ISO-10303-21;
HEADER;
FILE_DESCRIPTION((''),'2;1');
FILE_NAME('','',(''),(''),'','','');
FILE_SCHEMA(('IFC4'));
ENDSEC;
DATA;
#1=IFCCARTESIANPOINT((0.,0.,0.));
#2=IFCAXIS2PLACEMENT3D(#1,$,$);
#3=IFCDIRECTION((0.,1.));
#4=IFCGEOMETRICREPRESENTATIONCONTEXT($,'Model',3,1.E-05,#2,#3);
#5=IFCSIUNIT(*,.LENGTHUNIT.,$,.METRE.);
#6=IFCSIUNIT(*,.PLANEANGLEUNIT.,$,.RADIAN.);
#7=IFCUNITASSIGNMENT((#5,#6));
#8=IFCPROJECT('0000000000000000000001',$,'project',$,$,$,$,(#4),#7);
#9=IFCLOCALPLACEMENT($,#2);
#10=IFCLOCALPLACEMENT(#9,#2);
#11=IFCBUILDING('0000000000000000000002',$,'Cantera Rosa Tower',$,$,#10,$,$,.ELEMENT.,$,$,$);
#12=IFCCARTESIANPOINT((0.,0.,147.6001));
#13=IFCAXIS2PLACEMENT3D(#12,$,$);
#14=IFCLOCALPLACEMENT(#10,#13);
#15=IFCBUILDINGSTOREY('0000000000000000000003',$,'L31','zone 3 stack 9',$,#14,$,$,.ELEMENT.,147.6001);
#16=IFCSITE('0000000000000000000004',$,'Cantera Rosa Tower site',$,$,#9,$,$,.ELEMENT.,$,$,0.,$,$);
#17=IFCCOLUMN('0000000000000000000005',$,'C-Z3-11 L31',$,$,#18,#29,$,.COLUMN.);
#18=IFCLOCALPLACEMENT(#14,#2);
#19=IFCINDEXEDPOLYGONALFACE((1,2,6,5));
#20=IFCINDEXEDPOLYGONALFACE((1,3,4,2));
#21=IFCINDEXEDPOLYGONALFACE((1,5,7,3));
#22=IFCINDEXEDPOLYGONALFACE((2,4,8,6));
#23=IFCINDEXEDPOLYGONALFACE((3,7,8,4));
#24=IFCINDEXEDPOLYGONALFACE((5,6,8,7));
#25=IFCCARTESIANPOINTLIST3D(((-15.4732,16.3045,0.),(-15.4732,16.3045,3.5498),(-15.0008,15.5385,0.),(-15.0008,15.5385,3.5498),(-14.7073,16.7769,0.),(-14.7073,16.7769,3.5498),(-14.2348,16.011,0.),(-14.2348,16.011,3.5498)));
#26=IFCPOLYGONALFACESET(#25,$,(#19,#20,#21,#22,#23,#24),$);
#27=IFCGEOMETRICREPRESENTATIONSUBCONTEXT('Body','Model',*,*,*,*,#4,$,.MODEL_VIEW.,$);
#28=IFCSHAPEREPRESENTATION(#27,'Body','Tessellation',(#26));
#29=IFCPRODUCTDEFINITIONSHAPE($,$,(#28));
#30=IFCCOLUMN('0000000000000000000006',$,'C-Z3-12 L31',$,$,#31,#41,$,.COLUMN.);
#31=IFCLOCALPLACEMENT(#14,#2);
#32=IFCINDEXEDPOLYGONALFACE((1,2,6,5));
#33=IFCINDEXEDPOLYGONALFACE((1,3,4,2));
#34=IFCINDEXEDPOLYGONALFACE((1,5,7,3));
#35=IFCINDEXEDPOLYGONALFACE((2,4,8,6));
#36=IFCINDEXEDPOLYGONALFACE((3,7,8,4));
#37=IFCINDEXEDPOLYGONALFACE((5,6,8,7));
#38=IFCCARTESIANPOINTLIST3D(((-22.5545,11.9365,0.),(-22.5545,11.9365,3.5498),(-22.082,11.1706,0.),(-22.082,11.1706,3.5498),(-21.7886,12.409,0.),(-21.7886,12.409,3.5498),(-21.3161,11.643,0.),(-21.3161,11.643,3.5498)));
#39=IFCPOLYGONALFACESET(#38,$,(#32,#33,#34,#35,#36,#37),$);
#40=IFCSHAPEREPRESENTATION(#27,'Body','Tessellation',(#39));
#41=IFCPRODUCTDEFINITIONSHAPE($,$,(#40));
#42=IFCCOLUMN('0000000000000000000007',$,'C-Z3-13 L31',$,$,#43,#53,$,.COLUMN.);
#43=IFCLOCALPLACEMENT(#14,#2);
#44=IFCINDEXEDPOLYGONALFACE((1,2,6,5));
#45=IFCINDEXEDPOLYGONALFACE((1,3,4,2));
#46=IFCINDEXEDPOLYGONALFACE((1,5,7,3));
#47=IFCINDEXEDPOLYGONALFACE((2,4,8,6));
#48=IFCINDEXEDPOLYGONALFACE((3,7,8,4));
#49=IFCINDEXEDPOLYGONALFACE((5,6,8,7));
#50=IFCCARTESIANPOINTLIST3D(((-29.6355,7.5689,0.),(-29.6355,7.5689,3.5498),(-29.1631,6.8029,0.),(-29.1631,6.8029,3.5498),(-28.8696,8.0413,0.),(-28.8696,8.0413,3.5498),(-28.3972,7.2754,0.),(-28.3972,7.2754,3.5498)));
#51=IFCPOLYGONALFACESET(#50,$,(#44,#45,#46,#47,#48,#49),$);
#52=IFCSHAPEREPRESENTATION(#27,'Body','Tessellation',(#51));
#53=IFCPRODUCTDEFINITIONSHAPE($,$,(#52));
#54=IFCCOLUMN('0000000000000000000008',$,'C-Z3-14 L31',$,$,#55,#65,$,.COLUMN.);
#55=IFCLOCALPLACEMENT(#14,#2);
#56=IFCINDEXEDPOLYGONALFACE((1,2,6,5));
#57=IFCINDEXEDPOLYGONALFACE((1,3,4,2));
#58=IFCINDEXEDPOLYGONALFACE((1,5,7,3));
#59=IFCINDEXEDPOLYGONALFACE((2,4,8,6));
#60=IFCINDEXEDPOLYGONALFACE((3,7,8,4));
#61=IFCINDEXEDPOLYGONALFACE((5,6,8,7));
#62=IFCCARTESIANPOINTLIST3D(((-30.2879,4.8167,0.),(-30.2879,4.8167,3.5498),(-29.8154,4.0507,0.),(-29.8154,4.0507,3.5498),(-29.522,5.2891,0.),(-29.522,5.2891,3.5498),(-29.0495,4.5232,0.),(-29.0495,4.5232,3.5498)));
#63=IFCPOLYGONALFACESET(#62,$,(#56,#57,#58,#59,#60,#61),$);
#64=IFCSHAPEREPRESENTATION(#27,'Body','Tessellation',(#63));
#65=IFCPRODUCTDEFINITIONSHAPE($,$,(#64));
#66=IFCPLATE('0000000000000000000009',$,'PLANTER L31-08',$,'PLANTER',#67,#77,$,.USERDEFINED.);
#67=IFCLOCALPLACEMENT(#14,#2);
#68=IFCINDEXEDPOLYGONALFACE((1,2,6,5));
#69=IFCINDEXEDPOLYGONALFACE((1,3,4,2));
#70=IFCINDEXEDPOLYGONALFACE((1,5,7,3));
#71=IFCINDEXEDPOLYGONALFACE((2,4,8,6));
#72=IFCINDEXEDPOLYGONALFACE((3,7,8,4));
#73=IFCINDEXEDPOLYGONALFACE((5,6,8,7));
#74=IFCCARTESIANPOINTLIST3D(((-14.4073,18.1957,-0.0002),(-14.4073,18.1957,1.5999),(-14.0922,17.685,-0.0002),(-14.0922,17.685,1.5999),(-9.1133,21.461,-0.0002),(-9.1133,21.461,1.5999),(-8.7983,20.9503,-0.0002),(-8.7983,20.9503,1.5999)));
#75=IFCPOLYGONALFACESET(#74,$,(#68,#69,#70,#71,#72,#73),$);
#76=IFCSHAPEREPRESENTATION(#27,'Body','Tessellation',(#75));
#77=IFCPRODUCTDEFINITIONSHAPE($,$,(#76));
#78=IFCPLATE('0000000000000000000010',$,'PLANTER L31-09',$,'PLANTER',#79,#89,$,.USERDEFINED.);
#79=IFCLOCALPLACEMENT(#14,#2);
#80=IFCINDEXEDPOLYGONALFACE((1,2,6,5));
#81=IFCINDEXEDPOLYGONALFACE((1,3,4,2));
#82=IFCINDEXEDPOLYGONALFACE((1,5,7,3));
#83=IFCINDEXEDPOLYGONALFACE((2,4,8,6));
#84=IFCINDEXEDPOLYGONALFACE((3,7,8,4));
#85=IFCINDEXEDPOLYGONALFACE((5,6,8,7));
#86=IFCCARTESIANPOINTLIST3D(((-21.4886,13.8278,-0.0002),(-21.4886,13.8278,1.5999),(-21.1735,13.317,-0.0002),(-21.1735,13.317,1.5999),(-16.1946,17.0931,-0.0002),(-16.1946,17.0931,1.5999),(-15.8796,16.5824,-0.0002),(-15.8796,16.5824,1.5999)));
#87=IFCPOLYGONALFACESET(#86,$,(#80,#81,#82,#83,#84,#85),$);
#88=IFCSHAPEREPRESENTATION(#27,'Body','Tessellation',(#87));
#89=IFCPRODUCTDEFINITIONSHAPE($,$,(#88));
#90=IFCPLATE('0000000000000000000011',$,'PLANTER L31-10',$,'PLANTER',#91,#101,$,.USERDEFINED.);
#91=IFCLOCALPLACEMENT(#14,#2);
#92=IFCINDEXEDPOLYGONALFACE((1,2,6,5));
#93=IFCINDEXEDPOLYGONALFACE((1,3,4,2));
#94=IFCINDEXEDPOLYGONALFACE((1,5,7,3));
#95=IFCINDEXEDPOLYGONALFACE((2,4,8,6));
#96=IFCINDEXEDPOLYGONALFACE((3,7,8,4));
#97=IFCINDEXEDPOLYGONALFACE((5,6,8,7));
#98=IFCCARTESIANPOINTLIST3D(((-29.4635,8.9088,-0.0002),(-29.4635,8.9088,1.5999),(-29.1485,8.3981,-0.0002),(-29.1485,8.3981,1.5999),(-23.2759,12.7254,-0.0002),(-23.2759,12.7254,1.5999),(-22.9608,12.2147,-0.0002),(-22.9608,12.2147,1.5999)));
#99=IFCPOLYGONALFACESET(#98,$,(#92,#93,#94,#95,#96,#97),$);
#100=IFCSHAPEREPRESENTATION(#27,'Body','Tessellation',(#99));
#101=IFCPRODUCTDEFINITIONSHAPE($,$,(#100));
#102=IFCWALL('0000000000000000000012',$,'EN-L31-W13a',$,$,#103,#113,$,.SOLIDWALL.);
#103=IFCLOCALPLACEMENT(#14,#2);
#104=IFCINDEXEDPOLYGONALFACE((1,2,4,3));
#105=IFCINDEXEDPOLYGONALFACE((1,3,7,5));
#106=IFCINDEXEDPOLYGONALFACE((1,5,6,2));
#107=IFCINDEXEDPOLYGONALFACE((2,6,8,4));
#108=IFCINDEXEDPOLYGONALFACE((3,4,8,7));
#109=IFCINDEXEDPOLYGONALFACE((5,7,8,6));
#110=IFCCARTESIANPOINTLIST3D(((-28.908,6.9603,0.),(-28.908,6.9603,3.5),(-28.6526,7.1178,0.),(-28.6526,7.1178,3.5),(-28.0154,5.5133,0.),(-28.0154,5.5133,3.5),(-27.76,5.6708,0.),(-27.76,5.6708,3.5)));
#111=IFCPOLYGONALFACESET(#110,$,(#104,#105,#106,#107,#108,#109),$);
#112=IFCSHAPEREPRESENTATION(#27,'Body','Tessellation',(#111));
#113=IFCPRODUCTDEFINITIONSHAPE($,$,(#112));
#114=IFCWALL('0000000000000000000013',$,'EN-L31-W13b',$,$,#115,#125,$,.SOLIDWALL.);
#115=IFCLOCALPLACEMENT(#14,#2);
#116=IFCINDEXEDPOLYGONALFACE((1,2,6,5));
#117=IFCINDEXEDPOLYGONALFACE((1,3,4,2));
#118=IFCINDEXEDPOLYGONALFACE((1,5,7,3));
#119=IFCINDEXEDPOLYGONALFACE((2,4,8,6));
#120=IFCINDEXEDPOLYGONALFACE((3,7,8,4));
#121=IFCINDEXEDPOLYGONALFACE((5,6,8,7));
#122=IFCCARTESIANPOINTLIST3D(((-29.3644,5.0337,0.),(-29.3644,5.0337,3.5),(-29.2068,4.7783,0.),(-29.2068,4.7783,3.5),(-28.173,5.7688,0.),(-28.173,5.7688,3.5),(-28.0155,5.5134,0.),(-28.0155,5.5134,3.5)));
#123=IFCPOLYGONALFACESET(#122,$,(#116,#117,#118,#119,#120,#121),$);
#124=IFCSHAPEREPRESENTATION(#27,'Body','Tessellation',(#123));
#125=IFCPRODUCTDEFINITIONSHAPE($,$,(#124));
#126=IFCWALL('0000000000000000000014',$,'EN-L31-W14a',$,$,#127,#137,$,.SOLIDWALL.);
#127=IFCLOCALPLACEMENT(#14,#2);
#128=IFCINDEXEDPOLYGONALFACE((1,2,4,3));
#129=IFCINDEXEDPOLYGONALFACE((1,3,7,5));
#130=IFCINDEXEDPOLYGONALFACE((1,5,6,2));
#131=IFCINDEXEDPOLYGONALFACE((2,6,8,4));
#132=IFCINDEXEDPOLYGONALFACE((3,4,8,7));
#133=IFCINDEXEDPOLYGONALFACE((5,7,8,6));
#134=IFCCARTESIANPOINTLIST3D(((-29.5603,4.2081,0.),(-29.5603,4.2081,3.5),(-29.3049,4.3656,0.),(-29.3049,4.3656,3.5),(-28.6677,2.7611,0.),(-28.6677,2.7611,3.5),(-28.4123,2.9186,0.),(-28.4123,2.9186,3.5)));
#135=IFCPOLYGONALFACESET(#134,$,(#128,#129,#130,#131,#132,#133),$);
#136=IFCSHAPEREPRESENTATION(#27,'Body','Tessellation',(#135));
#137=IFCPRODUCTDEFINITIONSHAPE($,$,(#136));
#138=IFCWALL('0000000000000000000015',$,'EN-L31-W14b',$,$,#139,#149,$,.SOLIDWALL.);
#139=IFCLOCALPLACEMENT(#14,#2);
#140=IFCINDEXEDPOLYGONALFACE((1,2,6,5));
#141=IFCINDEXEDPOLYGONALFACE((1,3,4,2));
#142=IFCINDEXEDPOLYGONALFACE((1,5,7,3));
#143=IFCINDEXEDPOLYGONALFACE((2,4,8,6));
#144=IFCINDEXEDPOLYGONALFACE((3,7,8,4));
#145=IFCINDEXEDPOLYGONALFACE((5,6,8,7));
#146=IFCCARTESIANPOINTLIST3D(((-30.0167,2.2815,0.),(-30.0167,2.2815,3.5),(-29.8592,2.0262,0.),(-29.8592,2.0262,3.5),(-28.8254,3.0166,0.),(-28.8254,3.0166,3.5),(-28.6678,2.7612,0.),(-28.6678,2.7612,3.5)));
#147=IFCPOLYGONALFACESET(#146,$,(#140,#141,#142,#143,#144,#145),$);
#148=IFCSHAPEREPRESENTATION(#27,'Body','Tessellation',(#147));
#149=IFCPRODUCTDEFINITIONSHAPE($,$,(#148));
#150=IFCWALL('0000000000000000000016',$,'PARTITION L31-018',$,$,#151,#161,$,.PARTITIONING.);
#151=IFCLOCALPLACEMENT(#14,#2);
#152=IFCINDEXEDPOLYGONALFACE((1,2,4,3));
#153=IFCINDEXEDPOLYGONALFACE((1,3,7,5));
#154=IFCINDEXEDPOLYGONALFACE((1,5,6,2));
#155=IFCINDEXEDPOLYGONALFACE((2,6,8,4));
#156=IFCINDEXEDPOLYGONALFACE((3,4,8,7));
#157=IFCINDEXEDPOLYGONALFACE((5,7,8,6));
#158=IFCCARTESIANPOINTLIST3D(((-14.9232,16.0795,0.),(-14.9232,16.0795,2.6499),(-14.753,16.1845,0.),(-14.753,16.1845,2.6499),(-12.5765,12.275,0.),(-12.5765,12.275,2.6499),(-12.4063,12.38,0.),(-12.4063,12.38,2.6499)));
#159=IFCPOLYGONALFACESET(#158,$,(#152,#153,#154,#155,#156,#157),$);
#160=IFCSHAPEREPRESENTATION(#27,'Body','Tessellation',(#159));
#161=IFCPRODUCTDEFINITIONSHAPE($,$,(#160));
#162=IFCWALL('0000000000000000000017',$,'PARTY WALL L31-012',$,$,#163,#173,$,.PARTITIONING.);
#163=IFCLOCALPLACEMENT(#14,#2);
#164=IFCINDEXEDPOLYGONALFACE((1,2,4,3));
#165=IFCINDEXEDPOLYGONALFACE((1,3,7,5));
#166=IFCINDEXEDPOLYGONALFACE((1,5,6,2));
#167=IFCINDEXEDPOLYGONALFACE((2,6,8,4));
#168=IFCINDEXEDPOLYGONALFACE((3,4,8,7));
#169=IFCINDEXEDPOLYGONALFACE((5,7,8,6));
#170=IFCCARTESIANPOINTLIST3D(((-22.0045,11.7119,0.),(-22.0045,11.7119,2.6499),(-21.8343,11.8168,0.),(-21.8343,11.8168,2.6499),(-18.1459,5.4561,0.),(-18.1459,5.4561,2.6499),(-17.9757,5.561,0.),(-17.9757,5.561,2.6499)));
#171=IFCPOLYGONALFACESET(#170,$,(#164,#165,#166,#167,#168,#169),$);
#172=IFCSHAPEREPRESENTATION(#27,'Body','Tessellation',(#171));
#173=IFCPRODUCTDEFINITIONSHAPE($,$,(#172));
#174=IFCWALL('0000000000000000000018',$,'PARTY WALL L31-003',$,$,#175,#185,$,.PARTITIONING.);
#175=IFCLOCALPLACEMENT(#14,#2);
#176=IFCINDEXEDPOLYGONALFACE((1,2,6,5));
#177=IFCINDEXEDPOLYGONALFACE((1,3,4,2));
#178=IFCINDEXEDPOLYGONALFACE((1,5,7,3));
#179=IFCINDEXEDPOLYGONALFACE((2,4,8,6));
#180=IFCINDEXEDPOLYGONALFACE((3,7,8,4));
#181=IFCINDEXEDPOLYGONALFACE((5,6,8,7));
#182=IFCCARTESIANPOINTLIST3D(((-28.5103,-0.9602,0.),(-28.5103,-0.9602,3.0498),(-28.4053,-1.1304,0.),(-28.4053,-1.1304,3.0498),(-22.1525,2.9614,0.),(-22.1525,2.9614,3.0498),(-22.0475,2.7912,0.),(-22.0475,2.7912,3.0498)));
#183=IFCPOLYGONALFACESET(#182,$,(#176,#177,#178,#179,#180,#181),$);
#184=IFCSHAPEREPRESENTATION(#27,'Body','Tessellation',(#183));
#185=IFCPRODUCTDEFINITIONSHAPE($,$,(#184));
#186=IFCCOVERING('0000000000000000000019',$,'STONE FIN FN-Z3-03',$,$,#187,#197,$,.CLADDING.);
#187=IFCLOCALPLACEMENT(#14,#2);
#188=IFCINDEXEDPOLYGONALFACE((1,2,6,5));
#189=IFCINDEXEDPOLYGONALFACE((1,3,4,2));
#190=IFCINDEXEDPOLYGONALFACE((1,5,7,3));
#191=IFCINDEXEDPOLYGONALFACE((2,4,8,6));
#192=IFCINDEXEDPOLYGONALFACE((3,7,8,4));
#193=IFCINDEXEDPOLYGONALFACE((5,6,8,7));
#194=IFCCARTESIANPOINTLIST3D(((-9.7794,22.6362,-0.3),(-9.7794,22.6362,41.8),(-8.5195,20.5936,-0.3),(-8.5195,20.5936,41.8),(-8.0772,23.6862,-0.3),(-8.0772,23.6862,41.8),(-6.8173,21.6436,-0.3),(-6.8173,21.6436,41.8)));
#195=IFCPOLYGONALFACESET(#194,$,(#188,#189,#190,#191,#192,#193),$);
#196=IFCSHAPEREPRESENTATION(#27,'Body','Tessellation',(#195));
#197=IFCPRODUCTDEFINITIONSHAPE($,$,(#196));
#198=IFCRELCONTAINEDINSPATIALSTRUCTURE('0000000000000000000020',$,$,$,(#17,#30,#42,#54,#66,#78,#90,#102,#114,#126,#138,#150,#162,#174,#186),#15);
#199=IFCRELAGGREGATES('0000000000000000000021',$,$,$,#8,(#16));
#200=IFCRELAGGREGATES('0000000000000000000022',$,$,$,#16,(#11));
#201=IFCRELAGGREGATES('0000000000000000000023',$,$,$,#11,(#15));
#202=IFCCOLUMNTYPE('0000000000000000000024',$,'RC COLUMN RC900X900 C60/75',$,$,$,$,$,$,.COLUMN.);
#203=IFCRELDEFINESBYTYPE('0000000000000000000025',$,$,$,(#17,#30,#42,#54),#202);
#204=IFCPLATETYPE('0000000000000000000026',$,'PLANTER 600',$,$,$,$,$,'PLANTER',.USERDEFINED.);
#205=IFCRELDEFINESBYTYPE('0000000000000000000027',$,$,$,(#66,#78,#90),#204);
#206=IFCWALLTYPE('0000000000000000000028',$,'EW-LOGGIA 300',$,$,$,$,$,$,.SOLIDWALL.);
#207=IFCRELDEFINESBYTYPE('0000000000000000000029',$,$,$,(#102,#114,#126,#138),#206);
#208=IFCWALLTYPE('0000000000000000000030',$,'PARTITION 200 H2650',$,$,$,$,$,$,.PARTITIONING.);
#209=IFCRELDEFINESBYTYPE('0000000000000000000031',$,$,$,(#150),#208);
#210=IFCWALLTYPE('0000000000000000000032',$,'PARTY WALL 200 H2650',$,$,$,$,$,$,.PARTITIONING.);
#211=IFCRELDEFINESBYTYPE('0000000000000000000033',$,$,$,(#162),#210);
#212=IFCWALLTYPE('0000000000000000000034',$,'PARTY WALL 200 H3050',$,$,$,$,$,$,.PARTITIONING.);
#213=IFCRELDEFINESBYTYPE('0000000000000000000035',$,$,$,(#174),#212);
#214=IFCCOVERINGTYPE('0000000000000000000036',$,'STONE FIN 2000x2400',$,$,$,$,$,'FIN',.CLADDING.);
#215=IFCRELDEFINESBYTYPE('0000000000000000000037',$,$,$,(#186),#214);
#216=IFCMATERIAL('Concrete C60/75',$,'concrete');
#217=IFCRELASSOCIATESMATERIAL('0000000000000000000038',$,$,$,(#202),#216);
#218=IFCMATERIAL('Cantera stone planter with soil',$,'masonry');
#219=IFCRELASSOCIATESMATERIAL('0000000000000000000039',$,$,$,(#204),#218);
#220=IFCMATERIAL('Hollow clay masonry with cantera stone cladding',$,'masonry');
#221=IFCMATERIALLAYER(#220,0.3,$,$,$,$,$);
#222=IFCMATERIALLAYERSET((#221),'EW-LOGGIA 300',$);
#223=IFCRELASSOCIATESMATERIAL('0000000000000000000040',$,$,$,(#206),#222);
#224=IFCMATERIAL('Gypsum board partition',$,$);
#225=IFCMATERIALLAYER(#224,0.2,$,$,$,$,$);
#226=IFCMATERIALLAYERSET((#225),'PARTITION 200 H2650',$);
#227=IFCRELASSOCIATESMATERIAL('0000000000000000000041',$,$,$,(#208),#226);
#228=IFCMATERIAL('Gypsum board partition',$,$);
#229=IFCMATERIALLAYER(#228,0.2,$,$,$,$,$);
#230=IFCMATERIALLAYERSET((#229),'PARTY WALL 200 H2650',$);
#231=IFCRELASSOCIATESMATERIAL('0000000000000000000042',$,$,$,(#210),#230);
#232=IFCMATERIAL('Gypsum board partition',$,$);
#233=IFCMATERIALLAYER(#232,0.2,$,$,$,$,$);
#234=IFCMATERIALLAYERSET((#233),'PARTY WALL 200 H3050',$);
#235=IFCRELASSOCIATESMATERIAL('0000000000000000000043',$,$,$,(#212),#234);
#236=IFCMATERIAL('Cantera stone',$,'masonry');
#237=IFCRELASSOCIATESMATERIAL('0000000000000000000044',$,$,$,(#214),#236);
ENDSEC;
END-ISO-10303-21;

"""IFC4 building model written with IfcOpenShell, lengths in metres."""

from ifc_helpers import new_model, si_unit, direction, frame, frame_2d, origin, origin_2d, place, context, subcontext, project, spatial, rectangle, extrude, material, layer, layer_set, material_profile, profile_set, type_object, element, save


model = new_model("IFC4")

# Units and contexts
model_context = context("Model", 3, precision=1e-05, world=origin(), true_north=direction((0.0, 1.0)))
body_context = subcontext(model_context, "Body", "Model", "MODEL_VIEW")
ifc_project = project(units=[si_unit("LENGTHUNIT", "METRE"), si_unit("PLANEANGLEUNIT", "RADIAN")], contexts=[model_context])

# Site, building, storey
site_placement = place(None, origin())
site = spatial("IfcSite", under=ifc_project, at=site_placement, Name="Cantera Rosa Tower site", CompositionType="ELEMENT", RefElevation=0.0)
building_placement = place(site_placement, origin())
building = spatial("IfcBuilding", under=site, at=building_placement, Name="Cantera Rosa Tower", CompositionType="ELEMENT")
storey_placement = place(building_placement, frame((0.0, 0.0, 147.6001)))
storey = spatial("IfcBuildingStorey", under=building, at=storey_placement, Name="L31", Description="zone 3 stack 9", CompositionType="ELEMENT", Elevation=147.6001)

# Columns
ifc_material_1 = material(Name="Concrete C60/75", Category="concrete")
ifc_material_profile = material_profile(ifc_material_1, rectangle(XDim=0.8999, YDim=0.8999, at=origin_2d()), Name="RC COLUMN RC900X900 C60/75")
ifc_profile_set = profile_set([ifc_material_profile], Name="Concrete C60/75")
column_type = type_object("IfcColumnType", Name="RC COLUMN RC900X900 C60/75", PredefinedType="COLUMN", material=ifc_profile_set)
for number, where, z_axis, x_axis, name in (
    (1, (-14.854, 16.1577, 0.0), (0.0, 0.0, 1.0), (0.851117, 0.524977, 0.0), "C-Z3-11 L31"),
    (2, (-21.9353, 11.7898, 0.0), (0.0, 0.0, 1.0), (0.851117, 0.524977, 0.0), "C-Z3-12 L31"),
    (3, (-29.0164, 7.4221, 0.0), (0.0, 0.0, 1.0), (0.851117, 0.524977, 0.0), "C-Z3-13 L31"),
    (4, (-29.6687, 4.6699, 0.0), (0.0, 0.0, 1.0), (0.851117, 0.524977, 0.0), "C-Z3-14 L31"),
):
    element("IfcColumn", number, at=place(storey_placement, frame(where, z_axis=z_axis, x_axis=x_axis)), inside=storey, type_object=column_type, Name=name, PredefinedType="COLUMN", context=body_context, shape_type="SweptSolid", body=[
        extrude(rectangle(XDim=0.8999, YDim=0.8999, at=origin_2d()), origin(), (0.0, 0.0, 1.0), 3.5498),
    ])

# Plates
ifc_material_2 = material(Name="Cantera stone planter with soil", Category="masonry")
plate_type = type_object("IfcPlateType", Name="PLANTER 600", ElementType="PLANTER", PredefinedType="USERDEFINED", material=ifc_material_2)
for number, where, z_axis, x_axis, name in (
    (5, (-11.6028, 19.573, -0.0002), (0.0, 0.0, 1.0), (-0.851117, -0.524977, 0.0), "PLANTER L31-08"),
    (6, (-18.6841, 15.2051, -0.0002), (0.0, 0.0, 1.0), (-0.851117, -0.524977, 0.0), "PLANTER L31-09"),
):
    element("IfcPlate", number, at=place(storey_placement, frame(where, z_axis=z_axis, x_axis=x_axis)), inside=storey, type_object=plate_type, Name=name, ObjectType="PLANTER", PredefinedType="USERDEFINED", context=body_context, shape_type="SweptSolid", body=[
        extrude(rectangle(XDim=6.22, YDim=0.6001, at=origin_2d()), origin(), (0.0, 0.0, 1.0), 1.6001),
    ])
plate_placement = place(storey_placement, frame((-26.2122, 10.5618, -0.0002), z_axis=(0.0, 0.0, 1.0), x_axis=(-0.851117, -0.524977, 0.0)))
element("IfcPlate", 7, at=plate_placement, inside=storey, type_object=plate_type, Name="PLANTER L31-10", ObjectType="PLANTER", PredefinedType="USERDEFINED", context=body_context, shape_type="SweptSolid", body=[
    extrude(rectangle(XDim=7.27, YDim=0.6001, at=origin_2d()), origin(), (0.0, 0.0, 1.0), 1.6001),
])

# Walls
ifc_material_3 = material(Name="Hollow clay masonry with cantera stone cladding", Category="masonry")
ifc_layer_1 = layer(ifc_material_3, 0.3)
ifc_layer_set_1 = layer_set([ifc_layer_1], Name="EW-LOGGIA 300")
wall_type_1 = type_object("IfcWallType", Name="EW-LOGGIA 300", PredefinedType="SOLIDWALL", material=ifc_layer_set_1)
wall_1_placement = place(storey_placement, frame((-28.7803, 7.0391, 0.0), z_axis=(0.0, 0.0, 1.0), x_axis=(0.524994, -0.851106, 0.0)))
element("IfcWall", 8, at=wall_1_placement, inside=storey, type_object=wall_type_1, Name="EN-L31-W13a", PredefinedType="SOLIDWALL", context=body_context, shape_type="SweptSolid", body=[
    extrude(rectangle(XDim=1.7002, YDim=0.3, at=frame_2d((0.8501, 0.0))), origin(), (0.0, 0.0, 1.0), 3.5),
])
wall_2_placement = place(storey_placement, frame((-28.0942, 5.6411, 0.0), z_axis=(0.0, 0.0, 1.0), x_axis=(-0.851041, -0.525099, 0.0)))
element("IfcWall", 9, at=wall_2_placement, inside=storey, type_object=wall_type_1, Name="EN-L31-W13b", PredefinedType="SOLIDWALL", context=body_context, shape_type="SweptSolid", body=[
    extrude(rectangle(XDim=1.3999, YDim=0.3, at=frame_2d((0.7, 0.0))), origin(), (0.0, 0.0, 1.0), 3.5),
])
wall_3_placement = place(storey_placement, frame((-29.4326, 4.2869, 0.0), z_axis=(0.0, 0.0, 1.0), x_axis=(0.524994, -0.851106, 0.0)))
element("IfcWall", 10, at=wall_3_placement, inside=storey, type_object=wall_type_1, Name="EN-L31-W14a", PredefinedType="SOLIDWALL", context=body_context, shape_type="SweptSolid", body=[
    extrude(rectangle(XDim=1.7002, YDim=0.3, at=frame_2d((0.8501, 0.0))), origin(), (0.0, 0.0, 1.0), 3.5),
])
wall_4_placement = place(storey_placement, frame((-28.7466, 2.8889, 0.0), z_axis=(0.0, 0.0, 1.0), x_axis=(-0.851041, -0.525099, 0.0)))
element("IfcWall", 11, at=wall_4_placement, inside=storey, type_object=wall_type_1, Name="EN-L31-W14b", PredefinedType="SOLIDWALL", context=body_context, shape_type="SweptSolid", body=[
    extrude(rectangle(XDim=1.3999, YDim=0.3, at=frame_2d((0.7, 0.0))), origin(), (0.0, 0.0, 1.0), 3.5),
])

# Walls
ifc_material_4 = material(Name="Gypsum board partition")
ifc_layer_2 = layer(ifc_material_4, 0.2)
ifc_layer_set_2 = layer_set([ifc_layer_2], Name="PARTITION 200 H2650")
wall_type_2 = type_object("IfcWallType", Name="PARTITION 200 H2650", PredefinedType="PARTITIONING", material=ifc_layer_set_2)
wall_5_placement = place(storey_placement, frame((-12.4915, 12.3276, 0.0), z_axis=(0.0, 0.0, 1.0), x_axis=(-0.524987, 0.85111, 0.0)))
element("IfcWall", 12, at=wall_5_placement, inside=storey, type_object=wall_type_2, Name="PARTITION L31-018", PredefinedType="PARTITIONING", context=body_context, shape_type="SweptSolid", body=[
    extrude(rectangle(XDim=4.47, YDim=0.2, at=frame_2d((2.2349, 0.0))), origin(), (0.0, 0.0, 1.0), 2.6499),
])
ifc_material_5 = material(Name="Gypsum board partition")
ifc_layer_3 = layer(ifc_material_5, 0.2)
ifc_layer_set_3 = layer_set([ifc_layer_3], Name="PARTY WALL 200 H2650")
wall_type_3 = type_object("IfcWallType", Name="PARTY WALL 200 H2650", PredefinedType="PARTITIONING", material=ifc_layer_set_3)
wall_6_placement = place(storey_placement, frame((-18.0608, 5.5085, 0.0), z_axis=(0.0, 0.0, 1.0), x_axis=(-0.524974, 0.851118, 0.0)))
element("IfcWall", 13, at=wall_6_placement, inside=storey, type_object=wall_type_3, Name="PARTY WALL L31-012", PredefinedType="PARTITIONING", context=body_context, shape_type="SweptSolid", body=[
    extrude(rectangle(XDim=7.3501, YDim=0.2, at=frame_2d((3.675, 0.0))), origin(), (0.0, 0.0, 1.0), 2.6499),
])
ifc_material_6 = material(Name="Gypsum board partition")
ifc_layer_4 = layer(ifc_material_6, 0.2)
ifc_layer_set_4 = layer_set([ifc_layer_4], Name="PARTY WALL 200 H3050")
wall_type_4 = type_object("IfcWallType", Name="PARTY WALL 200 H3050", PredefinedType="PARTITIONING", material=ifc_layer_set_4)
wall_7_placement = place(storey_placement, frame((-22.1001, 2.8762, 0.0), z_axis=(0.0, 0.0, 1.0), x_axis=(-0.851116, -0.524978, 0.0)))
element("IfcWall", 14, at=wall_7_placement, inside=storey, type_object=wall_type_4, Name="PARTY WALL L31-003", PredefinedType="PARTITIONING", context=body_context, shape_type="SweptSolid", body=[
    extrude(rectangle(XDim=7.47, YDim=0.2, at=frame_2d((3.7349, 0.0))), origin(), (0.0, 0.0, 1.0), 3.0498),
])

# Covering
ifc_material_7 = material(Name="Cantera stone", Category="masonry")
covering_type = type_object("IfcCoveringType", Name="STONE FIN 2000x2400", ElementType="FIN", PredefinedType="CLADDING", material=ifc_material_7)
for number, where, z_axis, x_axis, name in (
    (15, (-8.2983, 22.1399, -0.3), (0.0, 0.0, 1.0), (-0.851117, -0.524977, 0.0), "STONE FIN FN-Z3-03"),
):
    element("IfcCovering", number, at=place(storey_placement, frame(where, z_axis=z_axis, x_axis=x_axis)), inside=storey, type_object=covering_type, Name=name, PredefinedType="CLADDING", context=body_context, shape_type="SweptSolid", body=[
        extrude(rectangle(XDim=2.0, YDim=2.3999, at=origin_2d()), origin(), (0.0, 0.0, 1.0), 42.1001),
    ])

save(model, "model.ifc")
